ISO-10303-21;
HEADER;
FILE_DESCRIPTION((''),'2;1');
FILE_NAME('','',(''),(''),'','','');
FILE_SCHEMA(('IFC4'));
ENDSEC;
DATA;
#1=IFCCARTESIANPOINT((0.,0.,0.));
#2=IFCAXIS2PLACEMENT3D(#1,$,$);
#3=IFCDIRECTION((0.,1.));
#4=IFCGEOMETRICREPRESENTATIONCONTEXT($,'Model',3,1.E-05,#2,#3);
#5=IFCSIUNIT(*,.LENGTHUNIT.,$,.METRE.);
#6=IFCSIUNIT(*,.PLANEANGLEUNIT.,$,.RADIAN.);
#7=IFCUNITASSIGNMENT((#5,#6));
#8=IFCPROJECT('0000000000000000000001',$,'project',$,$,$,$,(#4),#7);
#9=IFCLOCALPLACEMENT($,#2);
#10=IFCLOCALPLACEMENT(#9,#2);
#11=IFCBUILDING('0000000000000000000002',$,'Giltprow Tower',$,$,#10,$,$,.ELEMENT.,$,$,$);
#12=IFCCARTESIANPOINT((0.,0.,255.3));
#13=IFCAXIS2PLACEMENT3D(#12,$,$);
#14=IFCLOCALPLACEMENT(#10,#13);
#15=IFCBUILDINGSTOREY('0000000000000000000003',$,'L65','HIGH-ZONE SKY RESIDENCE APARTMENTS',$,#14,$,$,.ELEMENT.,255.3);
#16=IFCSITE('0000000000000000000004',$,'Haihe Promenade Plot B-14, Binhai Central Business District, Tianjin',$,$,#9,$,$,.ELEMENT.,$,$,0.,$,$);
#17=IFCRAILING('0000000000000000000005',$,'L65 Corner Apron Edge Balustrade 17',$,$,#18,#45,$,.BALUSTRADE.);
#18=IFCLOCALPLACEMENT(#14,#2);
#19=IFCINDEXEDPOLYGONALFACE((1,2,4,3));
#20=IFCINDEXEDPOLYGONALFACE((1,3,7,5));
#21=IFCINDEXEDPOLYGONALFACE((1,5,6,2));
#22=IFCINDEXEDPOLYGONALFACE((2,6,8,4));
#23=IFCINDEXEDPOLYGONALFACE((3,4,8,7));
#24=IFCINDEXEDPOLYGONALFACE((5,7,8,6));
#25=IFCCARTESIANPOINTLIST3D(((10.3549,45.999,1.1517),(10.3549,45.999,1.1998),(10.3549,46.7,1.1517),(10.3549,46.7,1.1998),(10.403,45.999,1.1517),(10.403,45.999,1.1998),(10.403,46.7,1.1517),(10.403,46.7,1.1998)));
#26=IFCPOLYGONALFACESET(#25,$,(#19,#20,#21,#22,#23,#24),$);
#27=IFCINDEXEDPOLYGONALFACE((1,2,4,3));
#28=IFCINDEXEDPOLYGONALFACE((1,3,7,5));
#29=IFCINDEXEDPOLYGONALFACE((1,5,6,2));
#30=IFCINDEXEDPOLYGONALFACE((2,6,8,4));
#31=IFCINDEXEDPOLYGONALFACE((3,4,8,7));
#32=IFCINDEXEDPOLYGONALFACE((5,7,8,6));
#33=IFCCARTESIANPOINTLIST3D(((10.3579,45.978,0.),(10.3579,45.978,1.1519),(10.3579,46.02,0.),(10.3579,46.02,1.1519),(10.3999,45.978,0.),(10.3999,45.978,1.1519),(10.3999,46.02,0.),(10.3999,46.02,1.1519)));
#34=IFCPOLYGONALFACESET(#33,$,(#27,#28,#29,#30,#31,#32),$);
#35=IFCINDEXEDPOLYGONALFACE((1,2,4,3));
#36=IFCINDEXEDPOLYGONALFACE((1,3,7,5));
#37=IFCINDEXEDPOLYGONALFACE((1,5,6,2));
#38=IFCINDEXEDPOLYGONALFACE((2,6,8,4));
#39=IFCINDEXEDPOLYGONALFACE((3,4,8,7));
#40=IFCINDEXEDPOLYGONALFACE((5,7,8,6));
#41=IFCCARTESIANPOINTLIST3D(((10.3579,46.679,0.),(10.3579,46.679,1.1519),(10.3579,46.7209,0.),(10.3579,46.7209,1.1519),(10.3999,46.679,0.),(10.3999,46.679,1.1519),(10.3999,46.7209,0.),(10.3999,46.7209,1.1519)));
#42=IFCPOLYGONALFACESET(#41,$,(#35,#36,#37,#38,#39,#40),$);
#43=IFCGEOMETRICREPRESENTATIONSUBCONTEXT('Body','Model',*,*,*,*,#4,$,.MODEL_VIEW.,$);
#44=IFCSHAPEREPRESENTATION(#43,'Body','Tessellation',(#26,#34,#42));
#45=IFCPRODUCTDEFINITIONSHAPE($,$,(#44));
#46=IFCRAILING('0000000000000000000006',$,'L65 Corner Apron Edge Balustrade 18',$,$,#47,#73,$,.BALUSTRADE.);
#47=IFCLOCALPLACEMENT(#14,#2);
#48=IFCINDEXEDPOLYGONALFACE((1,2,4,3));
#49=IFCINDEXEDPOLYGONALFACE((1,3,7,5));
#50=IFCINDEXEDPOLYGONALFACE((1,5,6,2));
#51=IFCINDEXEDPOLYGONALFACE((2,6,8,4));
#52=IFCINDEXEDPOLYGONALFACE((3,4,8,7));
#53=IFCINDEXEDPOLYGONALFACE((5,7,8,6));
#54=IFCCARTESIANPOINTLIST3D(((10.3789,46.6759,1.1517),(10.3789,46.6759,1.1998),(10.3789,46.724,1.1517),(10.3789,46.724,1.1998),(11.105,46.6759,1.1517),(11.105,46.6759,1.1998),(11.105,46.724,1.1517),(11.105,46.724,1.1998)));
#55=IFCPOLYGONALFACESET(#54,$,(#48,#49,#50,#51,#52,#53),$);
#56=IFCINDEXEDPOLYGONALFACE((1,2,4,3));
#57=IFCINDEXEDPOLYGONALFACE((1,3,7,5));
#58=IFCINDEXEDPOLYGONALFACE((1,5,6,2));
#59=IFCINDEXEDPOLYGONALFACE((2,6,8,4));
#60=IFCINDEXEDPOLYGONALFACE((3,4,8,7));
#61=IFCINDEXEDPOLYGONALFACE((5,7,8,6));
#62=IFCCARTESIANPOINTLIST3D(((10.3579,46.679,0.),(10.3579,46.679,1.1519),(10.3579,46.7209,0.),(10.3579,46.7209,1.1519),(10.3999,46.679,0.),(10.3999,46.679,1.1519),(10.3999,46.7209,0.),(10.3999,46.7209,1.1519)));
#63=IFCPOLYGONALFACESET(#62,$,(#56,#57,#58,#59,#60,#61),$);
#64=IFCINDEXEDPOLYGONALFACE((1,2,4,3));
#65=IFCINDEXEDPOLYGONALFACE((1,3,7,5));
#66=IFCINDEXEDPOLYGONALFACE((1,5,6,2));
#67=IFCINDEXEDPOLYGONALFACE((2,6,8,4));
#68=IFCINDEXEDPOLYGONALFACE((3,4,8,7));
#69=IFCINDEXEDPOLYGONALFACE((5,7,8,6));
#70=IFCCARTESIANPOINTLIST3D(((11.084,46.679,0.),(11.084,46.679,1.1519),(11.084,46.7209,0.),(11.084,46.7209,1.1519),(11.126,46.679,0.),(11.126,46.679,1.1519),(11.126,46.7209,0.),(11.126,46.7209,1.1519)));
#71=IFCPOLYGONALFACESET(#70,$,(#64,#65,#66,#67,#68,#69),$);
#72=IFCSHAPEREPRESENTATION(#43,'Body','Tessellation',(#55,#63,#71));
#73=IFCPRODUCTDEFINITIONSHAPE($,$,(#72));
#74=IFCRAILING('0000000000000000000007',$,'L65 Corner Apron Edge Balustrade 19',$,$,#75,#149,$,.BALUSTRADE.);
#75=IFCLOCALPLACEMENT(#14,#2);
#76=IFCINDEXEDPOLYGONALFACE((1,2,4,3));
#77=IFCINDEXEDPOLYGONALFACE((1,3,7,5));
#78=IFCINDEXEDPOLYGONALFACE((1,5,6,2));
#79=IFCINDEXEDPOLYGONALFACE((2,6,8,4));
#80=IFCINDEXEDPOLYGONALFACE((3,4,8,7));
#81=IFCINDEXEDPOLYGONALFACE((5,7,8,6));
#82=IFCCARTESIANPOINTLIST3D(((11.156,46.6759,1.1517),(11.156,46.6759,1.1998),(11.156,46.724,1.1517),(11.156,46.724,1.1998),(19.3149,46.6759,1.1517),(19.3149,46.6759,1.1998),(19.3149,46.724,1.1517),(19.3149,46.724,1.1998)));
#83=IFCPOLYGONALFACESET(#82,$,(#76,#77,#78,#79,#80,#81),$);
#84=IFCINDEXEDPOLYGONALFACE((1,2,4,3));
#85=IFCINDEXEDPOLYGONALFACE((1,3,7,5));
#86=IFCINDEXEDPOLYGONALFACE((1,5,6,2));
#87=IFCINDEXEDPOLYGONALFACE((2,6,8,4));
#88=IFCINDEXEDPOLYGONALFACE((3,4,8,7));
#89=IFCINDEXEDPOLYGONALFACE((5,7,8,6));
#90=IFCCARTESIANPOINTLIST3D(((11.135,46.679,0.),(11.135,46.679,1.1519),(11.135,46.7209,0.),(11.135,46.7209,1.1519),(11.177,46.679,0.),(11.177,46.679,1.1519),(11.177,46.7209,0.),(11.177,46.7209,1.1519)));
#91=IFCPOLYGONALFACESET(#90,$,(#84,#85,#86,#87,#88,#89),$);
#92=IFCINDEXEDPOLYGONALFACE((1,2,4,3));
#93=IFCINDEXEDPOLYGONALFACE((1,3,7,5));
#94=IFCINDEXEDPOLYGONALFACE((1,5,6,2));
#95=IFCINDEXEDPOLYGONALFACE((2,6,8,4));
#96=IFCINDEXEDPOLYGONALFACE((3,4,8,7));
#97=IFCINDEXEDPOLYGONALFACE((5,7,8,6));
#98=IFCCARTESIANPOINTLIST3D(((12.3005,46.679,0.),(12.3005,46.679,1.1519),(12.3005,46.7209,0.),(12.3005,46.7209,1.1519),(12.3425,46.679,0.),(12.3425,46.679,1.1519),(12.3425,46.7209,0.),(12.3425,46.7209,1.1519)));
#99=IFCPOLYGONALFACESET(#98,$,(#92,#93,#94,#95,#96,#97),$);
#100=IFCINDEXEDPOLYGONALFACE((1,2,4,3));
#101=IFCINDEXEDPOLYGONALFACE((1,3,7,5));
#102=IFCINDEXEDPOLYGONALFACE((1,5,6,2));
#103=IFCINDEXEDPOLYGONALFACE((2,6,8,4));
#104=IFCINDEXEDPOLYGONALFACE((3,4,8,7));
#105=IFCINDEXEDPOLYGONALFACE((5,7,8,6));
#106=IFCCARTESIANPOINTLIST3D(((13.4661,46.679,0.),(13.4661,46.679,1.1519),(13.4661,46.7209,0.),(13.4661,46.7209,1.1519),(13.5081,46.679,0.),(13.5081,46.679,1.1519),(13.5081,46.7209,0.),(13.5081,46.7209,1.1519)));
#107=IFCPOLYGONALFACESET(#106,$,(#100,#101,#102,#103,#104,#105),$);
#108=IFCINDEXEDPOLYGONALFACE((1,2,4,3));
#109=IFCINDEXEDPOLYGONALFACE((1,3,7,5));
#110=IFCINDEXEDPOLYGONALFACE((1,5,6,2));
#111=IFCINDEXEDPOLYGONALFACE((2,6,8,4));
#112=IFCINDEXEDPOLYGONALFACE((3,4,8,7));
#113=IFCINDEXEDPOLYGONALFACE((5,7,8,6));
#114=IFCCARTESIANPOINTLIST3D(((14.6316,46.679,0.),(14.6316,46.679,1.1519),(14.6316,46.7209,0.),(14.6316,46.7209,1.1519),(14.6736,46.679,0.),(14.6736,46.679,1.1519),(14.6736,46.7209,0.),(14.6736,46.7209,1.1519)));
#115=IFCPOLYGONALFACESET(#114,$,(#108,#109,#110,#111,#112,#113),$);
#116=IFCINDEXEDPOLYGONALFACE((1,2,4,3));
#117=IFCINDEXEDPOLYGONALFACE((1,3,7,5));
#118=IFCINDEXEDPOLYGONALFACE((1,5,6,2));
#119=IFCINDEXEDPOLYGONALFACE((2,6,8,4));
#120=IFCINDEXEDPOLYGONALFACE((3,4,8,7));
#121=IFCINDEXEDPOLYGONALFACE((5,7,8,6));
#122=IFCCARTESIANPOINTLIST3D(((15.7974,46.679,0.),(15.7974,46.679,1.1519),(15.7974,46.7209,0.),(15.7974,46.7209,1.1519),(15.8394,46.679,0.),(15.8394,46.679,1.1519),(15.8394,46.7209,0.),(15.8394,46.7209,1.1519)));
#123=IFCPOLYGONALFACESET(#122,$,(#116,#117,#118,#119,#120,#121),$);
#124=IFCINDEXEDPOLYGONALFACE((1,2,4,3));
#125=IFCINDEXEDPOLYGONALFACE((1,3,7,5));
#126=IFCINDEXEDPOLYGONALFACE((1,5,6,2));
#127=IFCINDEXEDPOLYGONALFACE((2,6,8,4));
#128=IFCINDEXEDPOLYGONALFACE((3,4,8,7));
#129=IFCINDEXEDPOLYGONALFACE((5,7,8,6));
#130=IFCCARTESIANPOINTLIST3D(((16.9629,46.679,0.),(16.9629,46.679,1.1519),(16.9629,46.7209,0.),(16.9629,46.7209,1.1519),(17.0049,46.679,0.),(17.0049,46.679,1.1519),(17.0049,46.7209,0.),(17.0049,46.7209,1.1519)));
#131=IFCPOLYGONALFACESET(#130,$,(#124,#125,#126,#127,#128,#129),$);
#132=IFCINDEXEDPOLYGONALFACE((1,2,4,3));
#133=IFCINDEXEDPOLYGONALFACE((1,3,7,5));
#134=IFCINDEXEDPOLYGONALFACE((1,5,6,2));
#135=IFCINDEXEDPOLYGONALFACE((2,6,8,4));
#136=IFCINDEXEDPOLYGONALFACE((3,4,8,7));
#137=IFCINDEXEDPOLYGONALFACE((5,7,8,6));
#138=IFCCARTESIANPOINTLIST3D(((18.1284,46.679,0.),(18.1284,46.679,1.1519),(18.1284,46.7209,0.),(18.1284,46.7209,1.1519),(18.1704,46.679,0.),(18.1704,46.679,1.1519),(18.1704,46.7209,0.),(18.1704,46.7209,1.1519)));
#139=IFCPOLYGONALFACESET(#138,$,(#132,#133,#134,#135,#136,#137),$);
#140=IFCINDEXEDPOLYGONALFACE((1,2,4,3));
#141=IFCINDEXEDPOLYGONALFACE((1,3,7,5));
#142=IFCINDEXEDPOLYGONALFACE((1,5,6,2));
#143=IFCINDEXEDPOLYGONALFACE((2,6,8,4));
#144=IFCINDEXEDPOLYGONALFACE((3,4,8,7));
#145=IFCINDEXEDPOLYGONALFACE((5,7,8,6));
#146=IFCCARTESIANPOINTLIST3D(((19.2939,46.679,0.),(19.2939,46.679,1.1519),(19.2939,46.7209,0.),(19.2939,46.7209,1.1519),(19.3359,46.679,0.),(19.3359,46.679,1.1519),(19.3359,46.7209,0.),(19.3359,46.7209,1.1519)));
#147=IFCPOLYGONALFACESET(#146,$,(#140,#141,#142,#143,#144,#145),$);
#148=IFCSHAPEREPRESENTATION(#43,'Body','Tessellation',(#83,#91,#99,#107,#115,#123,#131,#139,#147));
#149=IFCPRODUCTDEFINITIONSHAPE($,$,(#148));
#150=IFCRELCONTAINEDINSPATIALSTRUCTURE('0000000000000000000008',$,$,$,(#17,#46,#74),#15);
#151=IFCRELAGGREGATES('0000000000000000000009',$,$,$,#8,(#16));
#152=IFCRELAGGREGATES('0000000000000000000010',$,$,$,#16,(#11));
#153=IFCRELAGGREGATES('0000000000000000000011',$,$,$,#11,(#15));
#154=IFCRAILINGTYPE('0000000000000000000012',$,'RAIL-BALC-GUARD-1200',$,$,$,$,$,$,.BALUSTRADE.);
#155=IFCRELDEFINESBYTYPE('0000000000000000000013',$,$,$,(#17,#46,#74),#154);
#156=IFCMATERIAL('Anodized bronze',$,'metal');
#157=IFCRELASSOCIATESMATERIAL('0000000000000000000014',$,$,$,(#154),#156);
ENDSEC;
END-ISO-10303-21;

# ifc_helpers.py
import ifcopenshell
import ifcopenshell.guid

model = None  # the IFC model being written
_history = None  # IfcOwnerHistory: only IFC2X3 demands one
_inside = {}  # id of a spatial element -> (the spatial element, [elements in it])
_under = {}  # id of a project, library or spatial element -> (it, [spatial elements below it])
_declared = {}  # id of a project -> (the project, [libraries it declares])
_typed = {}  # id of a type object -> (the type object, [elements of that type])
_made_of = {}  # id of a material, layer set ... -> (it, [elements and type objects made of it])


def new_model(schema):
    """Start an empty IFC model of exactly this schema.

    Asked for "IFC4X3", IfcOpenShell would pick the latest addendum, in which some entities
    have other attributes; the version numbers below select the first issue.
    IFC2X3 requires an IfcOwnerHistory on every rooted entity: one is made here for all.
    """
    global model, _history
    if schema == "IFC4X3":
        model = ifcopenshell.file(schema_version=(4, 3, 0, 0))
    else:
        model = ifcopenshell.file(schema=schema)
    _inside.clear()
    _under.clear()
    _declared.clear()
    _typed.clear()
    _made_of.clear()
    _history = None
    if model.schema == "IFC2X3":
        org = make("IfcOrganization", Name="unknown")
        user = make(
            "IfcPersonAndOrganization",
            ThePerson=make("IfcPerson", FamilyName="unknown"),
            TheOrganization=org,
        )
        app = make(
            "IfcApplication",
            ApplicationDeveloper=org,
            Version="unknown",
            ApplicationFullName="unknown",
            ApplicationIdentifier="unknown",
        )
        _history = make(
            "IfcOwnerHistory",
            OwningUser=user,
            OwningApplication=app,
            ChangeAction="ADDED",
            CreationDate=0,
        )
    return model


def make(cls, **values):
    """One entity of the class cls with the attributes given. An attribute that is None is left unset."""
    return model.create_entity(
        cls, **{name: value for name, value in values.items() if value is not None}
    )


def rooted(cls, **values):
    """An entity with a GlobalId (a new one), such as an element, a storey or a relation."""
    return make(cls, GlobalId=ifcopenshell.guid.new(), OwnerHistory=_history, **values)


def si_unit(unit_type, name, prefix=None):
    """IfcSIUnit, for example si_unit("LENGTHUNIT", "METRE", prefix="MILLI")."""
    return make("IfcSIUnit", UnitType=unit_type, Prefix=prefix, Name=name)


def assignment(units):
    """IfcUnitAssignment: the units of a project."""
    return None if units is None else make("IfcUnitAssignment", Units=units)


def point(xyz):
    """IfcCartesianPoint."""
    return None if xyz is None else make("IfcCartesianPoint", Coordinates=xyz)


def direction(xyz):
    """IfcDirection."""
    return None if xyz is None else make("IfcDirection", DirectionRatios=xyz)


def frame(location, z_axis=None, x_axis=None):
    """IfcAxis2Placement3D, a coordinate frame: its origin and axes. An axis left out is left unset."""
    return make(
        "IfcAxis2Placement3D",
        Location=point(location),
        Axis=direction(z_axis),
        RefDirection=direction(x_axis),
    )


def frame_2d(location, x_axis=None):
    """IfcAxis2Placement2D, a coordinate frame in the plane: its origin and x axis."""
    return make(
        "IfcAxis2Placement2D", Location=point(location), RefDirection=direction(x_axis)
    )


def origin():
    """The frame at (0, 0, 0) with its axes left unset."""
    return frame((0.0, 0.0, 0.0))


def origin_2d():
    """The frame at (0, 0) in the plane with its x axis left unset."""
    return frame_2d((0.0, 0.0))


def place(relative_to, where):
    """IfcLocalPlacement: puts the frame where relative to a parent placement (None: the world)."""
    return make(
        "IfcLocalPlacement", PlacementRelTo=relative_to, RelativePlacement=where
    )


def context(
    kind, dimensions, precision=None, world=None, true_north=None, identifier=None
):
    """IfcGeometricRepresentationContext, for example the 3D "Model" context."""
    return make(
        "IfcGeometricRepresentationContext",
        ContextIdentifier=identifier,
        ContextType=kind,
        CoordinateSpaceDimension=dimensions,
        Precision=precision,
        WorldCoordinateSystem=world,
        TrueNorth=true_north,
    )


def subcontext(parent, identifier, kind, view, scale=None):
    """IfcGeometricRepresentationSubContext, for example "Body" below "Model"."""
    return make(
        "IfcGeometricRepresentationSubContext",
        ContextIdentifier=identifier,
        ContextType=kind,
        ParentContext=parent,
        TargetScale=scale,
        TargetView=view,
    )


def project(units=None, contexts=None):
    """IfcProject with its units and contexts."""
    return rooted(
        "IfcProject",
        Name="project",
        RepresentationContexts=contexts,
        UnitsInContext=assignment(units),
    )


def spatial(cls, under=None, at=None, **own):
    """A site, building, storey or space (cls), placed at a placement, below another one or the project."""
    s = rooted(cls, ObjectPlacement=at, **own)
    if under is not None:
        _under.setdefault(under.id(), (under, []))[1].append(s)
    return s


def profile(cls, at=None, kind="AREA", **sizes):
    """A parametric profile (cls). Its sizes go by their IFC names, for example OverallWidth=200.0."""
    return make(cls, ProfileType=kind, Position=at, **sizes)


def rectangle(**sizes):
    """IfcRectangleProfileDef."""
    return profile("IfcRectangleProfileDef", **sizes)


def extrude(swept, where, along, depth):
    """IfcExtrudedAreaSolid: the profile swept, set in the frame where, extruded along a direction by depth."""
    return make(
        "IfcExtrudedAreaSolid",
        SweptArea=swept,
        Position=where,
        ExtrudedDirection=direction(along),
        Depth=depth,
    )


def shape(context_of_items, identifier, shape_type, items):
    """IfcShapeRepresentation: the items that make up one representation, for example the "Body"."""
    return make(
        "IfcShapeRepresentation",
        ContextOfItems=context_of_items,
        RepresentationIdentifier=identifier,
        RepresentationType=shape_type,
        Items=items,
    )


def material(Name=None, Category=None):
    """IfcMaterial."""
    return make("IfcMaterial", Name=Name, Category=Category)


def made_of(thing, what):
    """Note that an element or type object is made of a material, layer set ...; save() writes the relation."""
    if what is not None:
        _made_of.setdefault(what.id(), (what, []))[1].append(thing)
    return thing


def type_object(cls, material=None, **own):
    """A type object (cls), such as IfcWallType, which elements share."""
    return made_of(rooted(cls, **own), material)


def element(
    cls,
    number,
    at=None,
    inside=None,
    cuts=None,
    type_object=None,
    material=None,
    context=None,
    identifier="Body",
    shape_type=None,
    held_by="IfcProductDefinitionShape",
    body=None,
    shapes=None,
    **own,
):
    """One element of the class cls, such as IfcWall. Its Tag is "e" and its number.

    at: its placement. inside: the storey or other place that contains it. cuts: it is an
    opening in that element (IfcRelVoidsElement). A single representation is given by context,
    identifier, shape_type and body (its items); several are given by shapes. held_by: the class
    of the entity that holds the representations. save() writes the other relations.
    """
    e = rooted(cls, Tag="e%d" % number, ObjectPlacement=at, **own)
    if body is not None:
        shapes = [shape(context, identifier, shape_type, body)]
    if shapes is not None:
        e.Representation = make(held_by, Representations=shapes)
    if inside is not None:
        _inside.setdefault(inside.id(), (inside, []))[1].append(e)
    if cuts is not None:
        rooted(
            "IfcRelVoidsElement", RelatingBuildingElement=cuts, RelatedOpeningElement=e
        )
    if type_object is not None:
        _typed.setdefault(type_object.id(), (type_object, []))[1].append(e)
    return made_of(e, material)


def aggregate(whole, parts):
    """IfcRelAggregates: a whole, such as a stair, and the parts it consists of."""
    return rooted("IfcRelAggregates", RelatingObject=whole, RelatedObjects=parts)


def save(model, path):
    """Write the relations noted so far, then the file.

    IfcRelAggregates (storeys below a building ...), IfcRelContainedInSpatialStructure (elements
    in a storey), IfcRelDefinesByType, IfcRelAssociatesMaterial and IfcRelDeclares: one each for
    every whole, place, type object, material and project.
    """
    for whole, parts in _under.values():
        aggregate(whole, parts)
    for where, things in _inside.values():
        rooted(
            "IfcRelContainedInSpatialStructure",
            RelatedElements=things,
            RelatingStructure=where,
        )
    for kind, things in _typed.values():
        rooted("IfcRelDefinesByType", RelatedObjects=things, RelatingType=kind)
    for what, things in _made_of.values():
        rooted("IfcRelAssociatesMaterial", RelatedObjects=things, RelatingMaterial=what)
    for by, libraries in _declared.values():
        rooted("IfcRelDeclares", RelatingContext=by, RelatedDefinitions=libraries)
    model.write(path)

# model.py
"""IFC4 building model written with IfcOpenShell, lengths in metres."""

from ifc_helpers import new_model, si_unit, direction, frame, origin, origin_2d, place, context, subcontext, project, spatial, rectangle, extrude, material, type_object, element, save


model = new_model("IFC4")

# Units and contexts
model_context = context("Model", 3, precision=1e-05, world=origin(), true_north=direction((0.0, 1.0)))
body_context = subcontext(model_context, "Body", "Model", "MODEL_VIEW")
ifc_project = project(units=[si_unit("LENGTHUNIT", "METRE"), si_unit("PLANEANGLEUNIT", "RADIAN")], contexts=[model_context])

# Site, building, storey
site_placement = place(None, origin())
site = spatial("IfcSite", under=ifc_project, at=site_placement, Name="Haihe Promenade Plot B-14, Binhai Central Business District, Tianjin", CompositionType="ELEMENT", RefElevation=0.0)
building_placement = place(site_placement, origin())
building = spatial("IfcBuilding", under=site, at=building_placement, Name="Giltprow Tower", CompositionType="ELEMENT")
storey_placement = place(building_placement, frame((0.0, 0.0, 255.3)))
storey = spatial("IfcBuildingStorey", under=building, at=storey_placement, Name="L65", Description="HIGH-ZONE SKY RESIDENCE APARTMENTS", CompositionType="ELEMENT", Elevation=255.3)

# Railings
ifc_material_1 = material(Name="Anodized bronze", Category="metal")
railing_type = type_object("IfcRailingType", Name="RAIL-BALC-GUARD-1200", PredefinedType="BALUSTRADE", material=ifc_material_1)
railing_1_placement = place(storey_placement, frame((10.3789, 45.999, 0.0)))
element("IfcRailing", 1, at=railing_1_placement, inside=storey, type_object=railing_type, Name="L65 Corner Apron Edge Balustrade 17", PredefinedType="BALUSTRADE", context=body_context, shape_type="SweptSolid", body=[
    extrude(rectangle(XDim=0.0481, YDim=0.0481, at=origin_2d()), frame((0.0, 0.0, 1.1758), z_axis=(0.0, 1.0, 0.0), x_axis=(-1.0, 0.0, 0.0)), (0.0, 0.0, 1.0), 0.7009),
    extrude(rectangle(XDim=0.042, YDim=0.042, at=origin_2d()), origin(), (0.0, 0.0, 1.0), 1.1519),
    extrude(rectangle(XDim=0.042, YDim=0.042, at=origin_2d()), frame((0.0, 0.7009, 0.0)), (0.0, 0.0, 1.0), 1.1519),
])
railing_2_placement = place(storey_placement, frame((10.3789, 46.7, 0.0)))
element("IfcRailing", 2, at=railing_2_placement, inside=storey, type_object=railing_type, Name="L65 Corner Apron Edge Balustrade 18", PredefinedType="BALUSTRADE", context=body_context, shape_type="SweptSolid", body=[
    extrude(rectangle(XDim=0.0481, YDim=0.0481, at=origin_2d()), frame((0.0, 0.0, 1.1758), z_axis=(1.0, 0.0, 0.0), x_axis=(0.0, 1.0, 0.0)), (0.0, 0.0, 1.0), 0.7261),
    extrude(rectangle(XDim=0.042, YDim=0.042, at=origin_2d()), origin(), (0.0, 0.0, 1.0), 1.1519),
    extrude(rectangle(XDim=0.042, YDim=0.042, at=origin_2d()), frame((0.7261, 0.0, 0.0)), (0.0, 0.0, 1.0), 1.1519),
])
railing_3_placement = place(storey_placement, frame((11.156, 46.7, 0.0)))
element("IfcRailing", 3, at=railing_3_placement, inside=storey, type_object=railing_type, Name="L65 Corner Apron Edge Balustrade 19", PredefinedType="BALUSTRADE", context=body_context, shape_type="SweptSolid", body=[
    extrude(rectangle(XDim=0.0481, YDim=0.0481, at=origin_2d()), frame((0.0, 0.0, 1.1758), z_axis=(1.0, 0.0, 0.0), x_axis=(0.0, 1.0, 0.0)), (0.0, 0.0, 1.0), 8.1589),
    extrude(rectangle(XDim=0.042, YDim=0.042, at=origin_2d()), origin(), (0.0, 0.0, 1.0), 1.1519),
    extrude(rectangle(XDim=0.042, YDim=0.042, at=origin_2d()), frame((1.1655, 0.0, 0.0)), (0.0, 0.0, 1.0), 1.1519),
    extrude(rectangle(XDim=0.042, YDim=0.042, at=origin_2d()), frame((2.3311, 0.0, 0.0)), (0.0, 0.0, 1.0), 1.1519),
    extrude(rectangle(XDim=0.042, YDim=0.042, at=origin_2d()), frame((3.4966, 0.0, 0.0)), (0.0, 0.0, 1.0), 1.1519),
    extrude(rectangle(XDim=0.042, YDim=0.042, at=origin_2d()), frame((4.6624, 0.0, 0.0)), (0.0, 0.0, 1.0), 1.1519),
    extrude(rectangle(XDim=0.042, YDim=0.042, at=origin_2d()), frame((5.8279, 0.0, 0.0)), (0.0, 0.0, 1.0), 1.1519),
    extrude(rectangle(XDim=0.042, YDim=0.042, at=origin_2d()), frame((6.9934, 0.0, 0.0)), (0.0, 0.0, 1.0), 1.1519),
    extrude(rectangle(XDim=0.042, YDim=0.042, at=origin_2d()), frame((8.1589, 0.0, 0.0)), (0.0, 0.0, 1.0), 1.1519),
])

save(model, "model.ifc")
